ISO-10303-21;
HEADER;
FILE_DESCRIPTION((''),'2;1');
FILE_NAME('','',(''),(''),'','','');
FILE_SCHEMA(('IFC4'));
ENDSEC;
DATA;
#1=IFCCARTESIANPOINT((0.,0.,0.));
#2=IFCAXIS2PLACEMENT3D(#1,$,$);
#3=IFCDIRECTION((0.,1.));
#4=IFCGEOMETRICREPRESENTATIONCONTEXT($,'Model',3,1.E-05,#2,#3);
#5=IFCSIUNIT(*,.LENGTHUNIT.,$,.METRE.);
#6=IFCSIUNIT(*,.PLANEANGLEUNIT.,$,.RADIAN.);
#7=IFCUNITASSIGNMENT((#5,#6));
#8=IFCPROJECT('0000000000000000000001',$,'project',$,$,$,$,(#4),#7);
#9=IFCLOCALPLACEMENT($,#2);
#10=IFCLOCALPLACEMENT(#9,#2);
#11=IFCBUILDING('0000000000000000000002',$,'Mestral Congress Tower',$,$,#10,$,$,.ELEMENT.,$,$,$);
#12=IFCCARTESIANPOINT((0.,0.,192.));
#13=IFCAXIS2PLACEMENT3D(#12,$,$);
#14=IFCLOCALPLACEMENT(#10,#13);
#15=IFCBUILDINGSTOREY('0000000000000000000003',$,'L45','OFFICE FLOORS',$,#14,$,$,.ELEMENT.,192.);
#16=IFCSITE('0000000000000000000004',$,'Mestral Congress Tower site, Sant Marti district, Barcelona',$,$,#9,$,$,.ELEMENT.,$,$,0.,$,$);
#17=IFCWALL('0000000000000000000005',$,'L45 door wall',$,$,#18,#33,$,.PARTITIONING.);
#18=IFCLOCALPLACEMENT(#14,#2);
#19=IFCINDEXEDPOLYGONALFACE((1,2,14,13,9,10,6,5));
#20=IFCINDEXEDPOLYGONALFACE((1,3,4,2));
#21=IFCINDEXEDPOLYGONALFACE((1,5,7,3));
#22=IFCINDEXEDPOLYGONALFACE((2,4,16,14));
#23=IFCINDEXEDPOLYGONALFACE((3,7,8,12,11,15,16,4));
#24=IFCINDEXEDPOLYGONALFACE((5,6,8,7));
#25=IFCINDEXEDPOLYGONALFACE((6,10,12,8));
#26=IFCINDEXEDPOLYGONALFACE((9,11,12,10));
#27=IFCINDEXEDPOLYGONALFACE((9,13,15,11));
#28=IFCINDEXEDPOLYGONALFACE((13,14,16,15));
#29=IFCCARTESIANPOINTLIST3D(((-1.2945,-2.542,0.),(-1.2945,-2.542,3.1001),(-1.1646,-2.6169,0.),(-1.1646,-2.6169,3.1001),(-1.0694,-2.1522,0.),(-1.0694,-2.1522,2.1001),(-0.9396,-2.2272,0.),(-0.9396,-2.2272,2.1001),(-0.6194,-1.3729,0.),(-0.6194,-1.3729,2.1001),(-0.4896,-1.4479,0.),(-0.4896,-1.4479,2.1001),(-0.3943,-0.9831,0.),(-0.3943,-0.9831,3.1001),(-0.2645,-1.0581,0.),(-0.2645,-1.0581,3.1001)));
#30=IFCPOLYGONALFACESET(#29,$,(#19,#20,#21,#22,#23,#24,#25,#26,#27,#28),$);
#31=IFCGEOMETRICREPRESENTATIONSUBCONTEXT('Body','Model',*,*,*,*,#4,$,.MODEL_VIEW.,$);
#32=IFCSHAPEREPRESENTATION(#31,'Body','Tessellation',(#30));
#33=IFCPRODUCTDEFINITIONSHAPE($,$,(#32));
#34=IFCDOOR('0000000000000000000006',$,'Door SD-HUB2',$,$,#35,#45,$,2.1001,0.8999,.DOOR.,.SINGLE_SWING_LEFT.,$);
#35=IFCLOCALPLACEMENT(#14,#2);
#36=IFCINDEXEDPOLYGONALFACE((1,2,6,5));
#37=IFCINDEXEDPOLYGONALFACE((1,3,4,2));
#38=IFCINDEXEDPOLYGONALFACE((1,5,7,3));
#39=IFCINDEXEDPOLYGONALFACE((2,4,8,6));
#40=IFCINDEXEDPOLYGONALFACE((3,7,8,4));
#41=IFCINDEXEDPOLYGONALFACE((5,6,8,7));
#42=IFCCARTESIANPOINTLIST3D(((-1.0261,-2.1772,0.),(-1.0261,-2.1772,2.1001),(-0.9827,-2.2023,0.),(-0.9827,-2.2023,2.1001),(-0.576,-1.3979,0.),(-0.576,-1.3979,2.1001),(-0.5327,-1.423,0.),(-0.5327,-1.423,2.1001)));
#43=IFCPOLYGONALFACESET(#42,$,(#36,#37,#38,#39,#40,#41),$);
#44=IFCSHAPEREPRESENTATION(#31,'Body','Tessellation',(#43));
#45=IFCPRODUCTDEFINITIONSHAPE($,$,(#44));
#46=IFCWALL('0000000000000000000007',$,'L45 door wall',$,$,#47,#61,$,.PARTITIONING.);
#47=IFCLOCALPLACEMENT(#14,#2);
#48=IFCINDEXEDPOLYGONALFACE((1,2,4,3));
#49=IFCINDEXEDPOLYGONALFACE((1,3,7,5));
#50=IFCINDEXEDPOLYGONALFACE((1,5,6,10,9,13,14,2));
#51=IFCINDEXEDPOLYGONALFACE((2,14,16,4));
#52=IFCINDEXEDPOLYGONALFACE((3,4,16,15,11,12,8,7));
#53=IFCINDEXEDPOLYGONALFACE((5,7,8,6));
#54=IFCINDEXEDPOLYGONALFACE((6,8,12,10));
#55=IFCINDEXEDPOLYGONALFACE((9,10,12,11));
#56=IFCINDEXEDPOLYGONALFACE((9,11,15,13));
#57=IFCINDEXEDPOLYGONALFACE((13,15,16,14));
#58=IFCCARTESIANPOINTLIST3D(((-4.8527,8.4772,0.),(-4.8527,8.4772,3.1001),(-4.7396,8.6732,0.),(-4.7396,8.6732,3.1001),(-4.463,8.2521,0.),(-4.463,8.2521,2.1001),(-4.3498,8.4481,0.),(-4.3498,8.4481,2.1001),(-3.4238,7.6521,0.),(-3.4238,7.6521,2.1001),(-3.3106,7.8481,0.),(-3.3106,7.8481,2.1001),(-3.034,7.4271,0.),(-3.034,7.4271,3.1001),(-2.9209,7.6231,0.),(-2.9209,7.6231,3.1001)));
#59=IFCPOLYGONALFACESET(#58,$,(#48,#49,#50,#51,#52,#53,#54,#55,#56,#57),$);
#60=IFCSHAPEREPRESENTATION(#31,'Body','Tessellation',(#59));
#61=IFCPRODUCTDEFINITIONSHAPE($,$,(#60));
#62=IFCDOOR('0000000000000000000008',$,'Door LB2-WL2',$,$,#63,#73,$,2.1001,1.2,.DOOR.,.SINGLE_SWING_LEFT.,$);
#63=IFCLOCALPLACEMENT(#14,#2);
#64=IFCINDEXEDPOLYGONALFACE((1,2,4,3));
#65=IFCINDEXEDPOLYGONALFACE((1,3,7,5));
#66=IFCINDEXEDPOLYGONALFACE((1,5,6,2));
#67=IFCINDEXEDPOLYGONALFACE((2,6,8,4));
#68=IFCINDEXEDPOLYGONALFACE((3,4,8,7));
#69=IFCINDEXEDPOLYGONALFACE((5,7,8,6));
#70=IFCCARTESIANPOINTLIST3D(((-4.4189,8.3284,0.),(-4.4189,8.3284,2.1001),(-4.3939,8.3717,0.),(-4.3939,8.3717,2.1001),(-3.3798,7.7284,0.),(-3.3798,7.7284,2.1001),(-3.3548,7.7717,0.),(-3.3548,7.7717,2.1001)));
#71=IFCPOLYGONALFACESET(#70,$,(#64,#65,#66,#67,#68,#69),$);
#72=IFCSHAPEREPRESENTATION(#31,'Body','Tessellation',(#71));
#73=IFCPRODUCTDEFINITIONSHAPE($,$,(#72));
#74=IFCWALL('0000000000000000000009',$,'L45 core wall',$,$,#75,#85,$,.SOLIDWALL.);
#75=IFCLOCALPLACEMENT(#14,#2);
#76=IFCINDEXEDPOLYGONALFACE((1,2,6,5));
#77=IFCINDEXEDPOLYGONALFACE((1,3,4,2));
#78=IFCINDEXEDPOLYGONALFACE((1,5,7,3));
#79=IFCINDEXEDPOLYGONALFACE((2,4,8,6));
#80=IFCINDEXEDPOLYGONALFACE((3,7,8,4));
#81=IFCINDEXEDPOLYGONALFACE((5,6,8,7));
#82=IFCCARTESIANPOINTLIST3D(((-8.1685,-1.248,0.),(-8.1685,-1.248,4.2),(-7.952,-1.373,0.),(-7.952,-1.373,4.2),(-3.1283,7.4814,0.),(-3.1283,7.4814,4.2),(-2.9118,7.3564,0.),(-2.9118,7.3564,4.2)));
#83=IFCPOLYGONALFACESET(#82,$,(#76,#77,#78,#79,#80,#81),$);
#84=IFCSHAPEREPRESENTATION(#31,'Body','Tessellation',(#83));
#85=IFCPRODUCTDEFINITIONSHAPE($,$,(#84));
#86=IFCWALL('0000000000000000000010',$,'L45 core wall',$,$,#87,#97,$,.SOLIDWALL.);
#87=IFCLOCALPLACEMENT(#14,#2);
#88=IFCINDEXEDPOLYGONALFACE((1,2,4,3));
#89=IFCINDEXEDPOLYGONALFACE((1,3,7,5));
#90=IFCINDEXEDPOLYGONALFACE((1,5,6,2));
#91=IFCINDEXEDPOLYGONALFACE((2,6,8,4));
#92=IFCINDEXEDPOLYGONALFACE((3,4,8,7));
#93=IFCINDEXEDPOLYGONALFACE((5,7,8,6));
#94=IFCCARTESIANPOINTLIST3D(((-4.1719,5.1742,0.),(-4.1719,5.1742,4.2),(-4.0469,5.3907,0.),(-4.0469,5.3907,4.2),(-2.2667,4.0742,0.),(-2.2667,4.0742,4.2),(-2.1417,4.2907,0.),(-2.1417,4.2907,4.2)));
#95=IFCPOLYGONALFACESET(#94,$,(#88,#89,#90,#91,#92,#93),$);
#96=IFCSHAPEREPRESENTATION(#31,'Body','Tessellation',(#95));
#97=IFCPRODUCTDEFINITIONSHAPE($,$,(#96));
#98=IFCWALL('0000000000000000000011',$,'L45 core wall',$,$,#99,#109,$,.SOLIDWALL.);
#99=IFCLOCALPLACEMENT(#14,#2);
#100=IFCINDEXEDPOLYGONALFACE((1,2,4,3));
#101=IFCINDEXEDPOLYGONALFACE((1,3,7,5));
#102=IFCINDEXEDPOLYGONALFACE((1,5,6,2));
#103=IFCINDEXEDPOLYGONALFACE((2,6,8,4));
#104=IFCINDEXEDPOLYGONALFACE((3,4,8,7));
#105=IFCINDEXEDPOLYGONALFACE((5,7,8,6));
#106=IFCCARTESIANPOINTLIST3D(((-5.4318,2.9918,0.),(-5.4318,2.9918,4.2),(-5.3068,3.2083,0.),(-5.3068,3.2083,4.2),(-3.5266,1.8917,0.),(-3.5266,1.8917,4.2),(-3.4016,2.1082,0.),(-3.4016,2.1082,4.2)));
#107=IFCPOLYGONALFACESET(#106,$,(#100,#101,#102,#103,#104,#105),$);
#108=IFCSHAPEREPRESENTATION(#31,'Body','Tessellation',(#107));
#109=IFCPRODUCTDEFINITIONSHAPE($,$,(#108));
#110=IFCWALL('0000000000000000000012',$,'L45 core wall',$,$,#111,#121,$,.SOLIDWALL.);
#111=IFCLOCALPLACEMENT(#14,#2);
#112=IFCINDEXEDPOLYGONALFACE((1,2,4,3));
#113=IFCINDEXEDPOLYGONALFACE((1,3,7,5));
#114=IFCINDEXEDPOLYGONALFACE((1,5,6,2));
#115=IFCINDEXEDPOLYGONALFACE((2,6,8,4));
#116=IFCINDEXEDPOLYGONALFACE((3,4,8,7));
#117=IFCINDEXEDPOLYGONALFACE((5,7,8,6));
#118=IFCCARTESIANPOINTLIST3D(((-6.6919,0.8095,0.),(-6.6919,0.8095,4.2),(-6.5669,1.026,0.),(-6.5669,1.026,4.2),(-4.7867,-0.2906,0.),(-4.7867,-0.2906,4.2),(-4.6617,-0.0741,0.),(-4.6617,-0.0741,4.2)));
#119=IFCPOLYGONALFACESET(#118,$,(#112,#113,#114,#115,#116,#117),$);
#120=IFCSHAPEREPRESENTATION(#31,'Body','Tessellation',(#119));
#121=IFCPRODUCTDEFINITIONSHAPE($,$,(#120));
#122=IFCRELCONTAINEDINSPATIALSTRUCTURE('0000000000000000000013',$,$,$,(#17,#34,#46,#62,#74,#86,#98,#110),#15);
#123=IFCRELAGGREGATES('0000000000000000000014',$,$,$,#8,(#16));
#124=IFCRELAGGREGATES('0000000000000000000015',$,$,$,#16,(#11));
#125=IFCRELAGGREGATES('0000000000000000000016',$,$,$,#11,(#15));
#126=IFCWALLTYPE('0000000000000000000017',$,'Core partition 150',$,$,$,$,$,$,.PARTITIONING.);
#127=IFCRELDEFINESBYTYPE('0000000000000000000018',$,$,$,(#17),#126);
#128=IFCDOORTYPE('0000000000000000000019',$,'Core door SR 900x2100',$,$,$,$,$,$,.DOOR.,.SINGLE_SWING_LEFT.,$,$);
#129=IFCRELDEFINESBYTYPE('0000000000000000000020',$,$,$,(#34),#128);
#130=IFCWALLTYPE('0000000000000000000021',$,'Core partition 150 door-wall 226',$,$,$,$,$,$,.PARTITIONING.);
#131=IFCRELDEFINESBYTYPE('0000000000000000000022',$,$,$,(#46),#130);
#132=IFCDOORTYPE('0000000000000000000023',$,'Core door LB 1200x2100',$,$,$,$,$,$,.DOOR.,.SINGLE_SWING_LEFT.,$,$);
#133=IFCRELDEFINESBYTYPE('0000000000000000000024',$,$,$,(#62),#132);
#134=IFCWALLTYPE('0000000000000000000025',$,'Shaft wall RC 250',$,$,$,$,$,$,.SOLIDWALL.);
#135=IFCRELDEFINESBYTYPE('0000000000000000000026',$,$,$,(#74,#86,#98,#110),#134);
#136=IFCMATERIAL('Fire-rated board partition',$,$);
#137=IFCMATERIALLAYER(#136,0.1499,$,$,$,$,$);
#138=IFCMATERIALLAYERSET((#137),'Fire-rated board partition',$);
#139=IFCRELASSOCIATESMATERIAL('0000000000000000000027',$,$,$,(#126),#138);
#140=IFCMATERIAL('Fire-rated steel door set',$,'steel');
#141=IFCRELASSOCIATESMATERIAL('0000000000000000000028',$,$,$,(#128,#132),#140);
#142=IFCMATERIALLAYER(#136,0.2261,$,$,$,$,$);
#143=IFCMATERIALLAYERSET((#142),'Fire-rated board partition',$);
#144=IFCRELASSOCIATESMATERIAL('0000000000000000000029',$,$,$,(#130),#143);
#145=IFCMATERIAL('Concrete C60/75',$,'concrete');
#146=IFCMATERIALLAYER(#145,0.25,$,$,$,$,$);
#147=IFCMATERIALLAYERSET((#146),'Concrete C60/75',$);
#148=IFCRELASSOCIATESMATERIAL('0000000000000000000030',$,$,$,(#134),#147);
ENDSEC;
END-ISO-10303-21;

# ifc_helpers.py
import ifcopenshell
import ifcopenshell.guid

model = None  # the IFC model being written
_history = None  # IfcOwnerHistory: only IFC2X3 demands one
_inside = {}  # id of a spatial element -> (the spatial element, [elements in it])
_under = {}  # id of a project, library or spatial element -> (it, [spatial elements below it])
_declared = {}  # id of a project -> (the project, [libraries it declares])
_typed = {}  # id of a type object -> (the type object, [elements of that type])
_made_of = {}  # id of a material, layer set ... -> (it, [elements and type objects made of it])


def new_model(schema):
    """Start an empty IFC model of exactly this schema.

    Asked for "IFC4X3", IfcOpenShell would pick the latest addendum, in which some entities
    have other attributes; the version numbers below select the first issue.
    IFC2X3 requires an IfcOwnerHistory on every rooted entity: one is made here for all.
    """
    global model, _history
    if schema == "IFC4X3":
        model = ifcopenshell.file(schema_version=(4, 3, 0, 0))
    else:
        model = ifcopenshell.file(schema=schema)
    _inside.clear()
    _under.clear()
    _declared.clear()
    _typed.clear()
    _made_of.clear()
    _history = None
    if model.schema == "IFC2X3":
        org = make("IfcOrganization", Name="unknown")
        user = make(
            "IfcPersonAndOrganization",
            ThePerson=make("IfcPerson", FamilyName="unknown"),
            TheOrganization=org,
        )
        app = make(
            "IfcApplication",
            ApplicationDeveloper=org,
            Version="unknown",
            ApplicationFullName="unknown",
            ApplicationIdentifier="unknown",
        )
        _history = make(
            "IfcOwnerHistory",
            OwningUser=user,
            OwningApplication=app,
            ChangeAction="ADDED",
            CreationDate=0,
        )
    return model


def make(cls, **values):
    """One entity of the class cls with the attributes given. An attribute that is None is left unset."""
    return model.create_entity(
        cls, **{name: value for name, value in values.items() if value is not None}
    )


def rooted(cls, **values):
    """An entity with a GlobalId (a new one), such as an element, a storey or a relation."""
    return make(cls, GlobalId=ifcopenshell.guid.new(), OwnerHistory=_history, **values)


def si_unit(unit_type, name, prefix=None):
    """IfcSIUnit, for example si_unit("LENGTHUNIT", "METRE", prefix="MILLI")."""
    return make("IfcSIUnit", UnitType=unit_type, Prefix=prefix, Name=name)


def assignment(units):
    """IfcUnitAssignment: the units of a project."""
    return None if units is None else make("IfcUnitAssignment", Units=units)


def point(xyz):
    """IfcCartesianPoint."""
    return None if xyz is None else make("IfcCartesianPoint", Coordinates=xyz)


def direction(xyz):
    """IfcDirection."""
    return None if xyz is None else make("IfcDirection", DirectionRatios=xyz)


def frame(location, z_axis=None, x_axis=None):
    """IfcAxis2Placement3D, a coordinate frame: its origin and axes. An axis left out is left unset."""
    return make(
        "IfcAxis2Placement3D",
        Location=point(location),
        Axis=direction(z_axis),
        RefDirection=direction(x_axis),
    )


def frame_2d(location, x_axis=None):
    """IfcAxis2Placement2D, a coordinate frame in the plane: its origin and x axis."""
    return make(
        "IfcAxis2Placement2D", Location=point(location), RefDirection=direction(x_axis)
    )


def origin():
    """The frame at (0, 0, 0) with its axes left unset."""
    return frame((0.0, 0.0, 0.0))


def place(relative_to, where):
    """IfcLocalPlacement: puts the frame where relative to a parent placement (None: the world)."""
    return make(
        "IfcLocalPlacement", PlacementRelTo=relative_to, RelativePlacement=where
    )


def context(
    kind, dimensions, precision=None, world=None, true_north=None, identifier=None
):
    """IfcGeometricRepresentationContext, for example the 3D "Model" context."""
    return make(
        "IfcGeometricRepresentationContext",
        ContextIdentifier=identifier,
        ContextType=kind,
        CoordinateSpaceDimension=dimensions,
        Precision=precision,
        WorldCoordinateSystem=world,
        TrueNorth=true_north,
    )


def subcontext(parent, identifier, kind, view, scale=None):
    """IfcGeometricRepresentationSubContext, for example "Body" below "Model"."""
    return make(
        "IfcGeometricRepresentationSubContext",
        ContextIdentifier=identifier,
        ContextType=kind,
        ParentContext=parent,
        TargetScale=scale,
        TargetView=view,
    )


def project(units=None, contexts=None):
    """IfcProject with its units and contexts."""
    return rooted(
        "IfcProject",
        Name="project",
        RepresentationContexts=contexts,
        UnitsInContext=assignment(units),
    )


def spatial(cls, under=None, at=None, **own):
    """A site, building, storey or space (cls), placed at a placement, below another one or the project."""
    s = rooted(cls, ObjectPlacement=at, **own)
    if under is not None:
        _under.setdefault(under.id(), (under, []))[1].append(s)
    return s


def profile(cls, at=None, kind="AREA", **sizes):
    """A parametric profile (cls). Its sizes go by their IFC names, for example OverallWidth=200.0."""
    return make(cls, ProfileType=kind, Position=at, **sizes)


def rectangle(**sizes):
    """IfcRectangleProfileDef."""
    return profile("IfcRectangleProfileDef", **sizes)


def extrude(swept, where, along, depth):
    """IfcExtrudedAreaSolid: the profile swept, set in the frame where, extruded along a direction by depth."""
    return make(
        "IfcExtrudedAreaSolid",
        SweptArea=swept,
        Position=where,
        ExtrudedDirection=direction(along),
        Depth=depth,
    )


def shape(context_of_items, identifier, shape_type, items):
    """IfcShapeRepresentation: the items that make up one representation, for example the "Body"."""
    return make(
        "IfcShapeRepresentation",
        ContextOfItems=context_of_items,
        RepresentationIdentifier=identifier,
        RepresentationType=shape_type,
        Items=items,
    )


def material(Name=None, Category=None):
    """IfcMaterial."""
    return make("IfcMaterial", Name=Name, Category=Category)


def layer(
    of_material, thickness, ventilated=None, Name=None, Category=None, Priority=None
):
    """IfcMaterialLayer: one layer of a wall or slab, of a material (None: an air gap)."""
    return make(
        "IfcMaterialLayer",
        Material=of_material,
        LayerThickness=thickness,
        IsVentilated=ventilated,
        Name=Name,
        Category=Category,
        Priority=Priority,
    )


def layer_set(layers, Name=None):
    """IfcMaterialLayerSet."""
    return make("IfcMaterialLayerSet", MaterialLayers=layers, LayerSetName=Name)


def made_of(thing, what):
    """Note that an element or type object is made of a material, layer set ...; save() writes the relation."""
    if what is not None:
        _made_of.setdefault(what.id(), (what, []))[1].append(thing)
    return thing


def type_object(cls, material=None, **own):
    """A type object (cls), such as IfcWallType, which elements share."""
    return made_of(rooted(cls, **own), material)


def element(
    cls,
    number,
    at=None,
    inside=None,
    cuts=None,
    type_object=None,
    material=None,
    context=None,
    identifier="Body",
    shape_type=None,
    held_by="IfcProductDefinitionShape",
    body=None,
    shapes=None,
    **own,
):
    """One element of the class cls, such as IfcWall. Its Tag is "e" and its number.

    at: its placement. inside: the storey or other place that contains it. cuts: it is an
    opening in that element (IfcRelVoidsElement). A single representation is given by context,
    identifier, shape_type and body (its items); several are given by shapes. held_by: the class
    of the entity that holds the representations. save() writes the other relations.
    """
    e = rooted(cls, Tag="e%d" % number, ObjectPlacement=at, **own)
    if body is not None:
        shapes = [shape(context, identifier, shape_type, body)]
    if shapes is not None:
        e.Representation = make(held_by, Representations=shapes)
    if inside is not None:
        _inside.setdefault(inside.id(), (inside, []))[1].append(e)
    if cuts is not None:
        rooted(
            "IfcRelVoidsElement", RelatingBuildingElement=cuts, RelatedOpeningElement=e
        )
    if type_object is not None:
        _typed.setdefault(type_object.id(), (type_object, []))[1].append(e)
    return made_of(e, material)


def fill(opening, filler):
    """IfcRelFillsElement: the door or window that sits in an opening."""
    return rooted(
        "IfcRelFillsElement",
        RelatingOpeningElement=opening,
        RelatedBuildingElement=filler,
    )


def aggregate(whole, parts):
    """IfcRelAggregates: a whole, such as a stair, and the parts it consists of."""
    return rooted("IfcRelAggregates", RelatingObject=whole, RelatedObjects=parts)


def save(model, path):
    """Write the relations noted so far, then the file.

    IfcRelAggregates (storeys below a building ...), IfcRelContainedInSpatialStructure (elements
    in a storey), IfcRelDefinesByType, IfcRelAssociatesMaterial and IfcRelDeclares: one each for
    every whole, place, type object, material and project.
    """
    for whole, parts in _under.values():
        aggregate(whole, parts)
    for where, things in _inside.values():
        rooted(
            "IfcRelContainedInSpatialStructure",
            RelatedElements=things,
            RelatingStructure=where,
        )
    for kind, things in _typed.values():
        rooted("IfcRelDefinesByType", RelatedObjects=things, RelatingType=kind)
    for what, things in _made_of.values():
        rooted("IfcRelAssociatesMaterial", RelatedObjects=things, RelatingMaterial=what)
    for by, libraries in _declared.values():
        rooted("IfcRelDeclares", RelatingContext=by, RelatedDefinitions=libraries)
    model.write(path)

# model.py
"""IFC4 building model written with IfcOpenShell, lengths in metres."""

from ifc_helpers import new_model, si_unit, direction, frame, frame_2d, origin, place, context, subcontext, project, spatial, rectangle, extrude, material, layer, layer_set, type_object, element, fill, save


model = new_model("IFC4")

# Units and contexts
model_context = context("Model", 3, precision=1e-05, world=origin(), true_north=direction((0.0, 1.0)))
body_context = subcontext(model_context, "Body", "Model", "MODEL_VIEW")
ifc_project = project(units=[si_unit("LENGTHUNIT", "METRE"), si_unit("PLANEANGLEUNIT", "RADIAN")], contexts=[model_context])

# Site, building, storey
site_placement = place(None, origin())
site = spatial("IfcSite", under=ifc_project, at=site_placement, Name="Mestral Congress Tower site, Sant Marti district, Barcelona", CompositionType="ELEMENT", RefElevation=0.0)
building_placement = place(site_placement, origin())
building = spatial("IfcBuilding", under=site, at=building_placement, Name="Mestral Congress Tower", CompositionType="ELEMENT")
storey_placement = place(building_placement, frame((0.0, 0.0, 192.0)))
storey = spatial("IfcBuildingStorey", under=building, at=storey_placement, Name="L45", Description="OFFICE FLOORS", CompositionType="ELEMENT", Elevation=192.0)

# Shared definitions
ifc_material_1 = material(Name="Concrete C60/75", Category="concrete")

# Shared definitions
ifc_material_2 = material(Name="Fire-rated board partition")
ifc_layer_1 = layer(ifc_material_2, 0.1499)
ifc_layer_set_1 = layer_set([ifc_layer_1], Name="Fire-rated board partition")
wall_type_1 = type_object("IfcWallType", Name="Core partition 150", PredefinedType="PARTITIONING", material=ifc_layer_set_1)

# Walls, openings, doors
wall_1_placement = place(storey_placement, frame((-1.2295, -2.5793, 0.0), z_axis=(0.0, 0.0, 1.0), x_axis=(0.500063, 0.865989, 0.0)))
wall_1 = element("IfcWall", 1, at=wall_1_placement, inside=storey, type_object=wall_type_1, Name="L45 door wall", PredefinedType="PARTITIONING", context=body_context, shape_type="SweptSolid", body=[
    extrude(rectangle(XDim=1.8, YDim=0.1499, at=frame_2d((0.8999, 0.0))), origin(), (0.0, 0.0, 1.0), 3.1001),
])
opening_1_placement = place(wall_1_placement, frame((0.45, 0.0, 0.0)))
opening_1 = element("IfcOpeningElement", 2, at=opening_1_placement, cuts=wall_1, PredefinedType="OPENING", context=body_context, shape_type="SweptSolid", body=[
    extrude(rectangle(XDim=0.8999, YDim=2.1001, at=frame_2d((0.45, 1.05))), frame((0.0, 0.085, 0.0), z_axis=(0.0, -1.0, 0.0), x_axis=(1.0, 0.0, 0.0)), (0.0, 0.0, 1.0), 0.1699),
])
ifc_material_3 = material(Name="Fire-rated steel door set", Category="steel")
door_type_1 = type_object("IfcDoorType", Name="Core door SR 900x2100", OperationType="SINGLE_SWING_LEFT", PredefinedType="DOOR", material=ifc_material_3)
door_1_placement = place(opening_1_placement, origin())
door_1 = element("IfcDoor", 3, at=door_1_placement, inside=storey, type_object=door_type_1, Name="Door SD-HUB2", OperationType="SINGLE_SWING_LEFT", OverallHeight=2.1001, OverallWidth=0.8999, PredefinedType="DOOR", context=body_context, shape_type="SweptSolid", body=[
    extrude(rectangle(XDim=0.8999, YDim=2.1001, at=frame_2d((0.45, 1.05))), frame((0.0, 0.0249, 0.0), z_axis=(0.0, -1.0, 0.0), x_axis=(1.0, 0.0, 0.0)), (0.0, 0.0, 1.0), 0.05),
])
fill(opening_1, door_1)
ifc_layer_2 = layer(ifc_material_2, 0.2261)
ifc_layer_set_2 = layer_set([ifc_layer_2], Name="Fire-rated board partition")
wall_type_2 = type_object("IfcWallType", Name="Core partition 150 door-wall 226", PredefinedType="PARTITIONING", material=ifc_layer_set_2)
wall_2_placement = place(storey_placement, frame((-4.7961, 8.5752, 0.0), z_axis=(0.0, 0.0, 1.0), x_axis=(0.866009, -0.500028, 0.0)))
wall_2 = element("IfcWall", 4, at=wall_2_placement, inside=storey, type_object=wall_type_2, Name="L45 door wall", PredefinedType="PARTITIONING", context=body_context, shape_type="SweptSolid", body=[
    extrude(rectangle(XDim=2.1001, YDim=0.2263, at=frame_2d((1.05, 0.0))), origin(), (0.0, 0.0, 1.0), 3.1001),
])
opening_2_placement = place(wall_2_placement, frame((0.45, 0.0, 0.0)))
opening_2 = element("IfcOpeningElement", 5, at=opening_2_placement, cuts=wall_2, PredefinedType="OPENING", context=body_context, shape_type="SweptSolid", body=[
    extrude(rectangle(XDim=1.2, YDim=2.1001, at=frame_2d((0.6001, 1.05))), frame((0.0, 0.123, 0.0), z_axis=(0.0, -1.0, 0.0), x_axis=(1.0, 0.0, 0.0)), (0.0, 0.0, 1.0), 0.2463),
])
door_type_2 = type_object("IfcDoorType", Name="Core door LB 1200x2100", OperationType="SINGLE_SWING_LEFT", PredefinedType="DOOR", material=ifc_material_3)
door_2_placement = place(opening_2_placement, origin())
door_2 = element("IfcDoor", 6, at=door_2_placement, inside=storey, type_object=door_type_2, Name="Door LB2-WL2", OperationType="SINGLE_SWING_LEFT", OverallHeight=2.1001, OverallWidth=1.2, PredefinedType="DOOR", context=body_context, shape_type="SweptSolid", body=[
    extrude(rectangle(XDim=1.2, YDim=2.1001, at=frame_2d((0.6001, 1.05))), frame((0.0, 0.0249, 0.0), z_axis=(0.0, -1.0, 0.0), x_axis=(1.0, 0.0, 0.0)), (0.0, 0.0, 1.0), 0.05),
])
fill(opening_2, door_2)

# Walls
ifc_layer_3 = layer(ifc_material_1, 0.25)
ifc_layer_set_3 = layer_set([ifc_layer_3], Name="Concrete C60/75")
wall_type_3 = type_object("IfcWallType", Name="Shaft wall RC 250", PredefinedType="SOLIDWALL", material=ifc_layer_set_3)
wall_3_placement = place(storey_placement, frame((-3.02, 7.4189, 0.0), z_axis=(0.0, 0.0, 1.0), x_axis=(-0.500023, -0.866012, 0.0)))
element("IfcWall", 7, at=wall_3_placement, inside=storey, type_object=wall_type_3, Name="L45 core wall", PredefinedType="SOLIDWALL", context=body_context, shape_type="SweptSolid", body=[
    extrude(rectangle(XDim=10.0801, YDim=0.25, at=frame_2d((5.04, 0.0))), origin(), (0.0, 0.0, 1.0), 4.2),
])
for number, where, z_axis, x_axis, name in (
    (8, (-2.2041, 4.1824, 0.0), (0.0, 0.0, 1.0), (-0.866008, 0.50003, 0.0), "L45 core wall"),
    (9, (-5.3694, 3.1001, 0.0), (0.0, 0.0, 1.0), (0.866008, -0.50003, 0.0), "L45 core wall"),
    (10, (-4.7241, -0.1824, 0.0), (0.0, 0.0, 1.0), (-0.866008, 0.50003, 0.0), "L45 core wall"),
):
    element("IfcWall", number, at=place(storey_placement, frame(where, z_axis=z_axis, x_axis=x_axis)), inside=storey, type_object=wall_type_3, Name=name, PredefinedType="SOLIDWALL", context=body_context, shape_type="SweptSolid", body=[
        extrude(rectangle(XDim=2.2, YDim=0.25, at=frame_2d((1.1001, 0.0))), origin(), (0.0, 0.0, 1.0), 4.2),
    ])

save(model, "model.ifc")
